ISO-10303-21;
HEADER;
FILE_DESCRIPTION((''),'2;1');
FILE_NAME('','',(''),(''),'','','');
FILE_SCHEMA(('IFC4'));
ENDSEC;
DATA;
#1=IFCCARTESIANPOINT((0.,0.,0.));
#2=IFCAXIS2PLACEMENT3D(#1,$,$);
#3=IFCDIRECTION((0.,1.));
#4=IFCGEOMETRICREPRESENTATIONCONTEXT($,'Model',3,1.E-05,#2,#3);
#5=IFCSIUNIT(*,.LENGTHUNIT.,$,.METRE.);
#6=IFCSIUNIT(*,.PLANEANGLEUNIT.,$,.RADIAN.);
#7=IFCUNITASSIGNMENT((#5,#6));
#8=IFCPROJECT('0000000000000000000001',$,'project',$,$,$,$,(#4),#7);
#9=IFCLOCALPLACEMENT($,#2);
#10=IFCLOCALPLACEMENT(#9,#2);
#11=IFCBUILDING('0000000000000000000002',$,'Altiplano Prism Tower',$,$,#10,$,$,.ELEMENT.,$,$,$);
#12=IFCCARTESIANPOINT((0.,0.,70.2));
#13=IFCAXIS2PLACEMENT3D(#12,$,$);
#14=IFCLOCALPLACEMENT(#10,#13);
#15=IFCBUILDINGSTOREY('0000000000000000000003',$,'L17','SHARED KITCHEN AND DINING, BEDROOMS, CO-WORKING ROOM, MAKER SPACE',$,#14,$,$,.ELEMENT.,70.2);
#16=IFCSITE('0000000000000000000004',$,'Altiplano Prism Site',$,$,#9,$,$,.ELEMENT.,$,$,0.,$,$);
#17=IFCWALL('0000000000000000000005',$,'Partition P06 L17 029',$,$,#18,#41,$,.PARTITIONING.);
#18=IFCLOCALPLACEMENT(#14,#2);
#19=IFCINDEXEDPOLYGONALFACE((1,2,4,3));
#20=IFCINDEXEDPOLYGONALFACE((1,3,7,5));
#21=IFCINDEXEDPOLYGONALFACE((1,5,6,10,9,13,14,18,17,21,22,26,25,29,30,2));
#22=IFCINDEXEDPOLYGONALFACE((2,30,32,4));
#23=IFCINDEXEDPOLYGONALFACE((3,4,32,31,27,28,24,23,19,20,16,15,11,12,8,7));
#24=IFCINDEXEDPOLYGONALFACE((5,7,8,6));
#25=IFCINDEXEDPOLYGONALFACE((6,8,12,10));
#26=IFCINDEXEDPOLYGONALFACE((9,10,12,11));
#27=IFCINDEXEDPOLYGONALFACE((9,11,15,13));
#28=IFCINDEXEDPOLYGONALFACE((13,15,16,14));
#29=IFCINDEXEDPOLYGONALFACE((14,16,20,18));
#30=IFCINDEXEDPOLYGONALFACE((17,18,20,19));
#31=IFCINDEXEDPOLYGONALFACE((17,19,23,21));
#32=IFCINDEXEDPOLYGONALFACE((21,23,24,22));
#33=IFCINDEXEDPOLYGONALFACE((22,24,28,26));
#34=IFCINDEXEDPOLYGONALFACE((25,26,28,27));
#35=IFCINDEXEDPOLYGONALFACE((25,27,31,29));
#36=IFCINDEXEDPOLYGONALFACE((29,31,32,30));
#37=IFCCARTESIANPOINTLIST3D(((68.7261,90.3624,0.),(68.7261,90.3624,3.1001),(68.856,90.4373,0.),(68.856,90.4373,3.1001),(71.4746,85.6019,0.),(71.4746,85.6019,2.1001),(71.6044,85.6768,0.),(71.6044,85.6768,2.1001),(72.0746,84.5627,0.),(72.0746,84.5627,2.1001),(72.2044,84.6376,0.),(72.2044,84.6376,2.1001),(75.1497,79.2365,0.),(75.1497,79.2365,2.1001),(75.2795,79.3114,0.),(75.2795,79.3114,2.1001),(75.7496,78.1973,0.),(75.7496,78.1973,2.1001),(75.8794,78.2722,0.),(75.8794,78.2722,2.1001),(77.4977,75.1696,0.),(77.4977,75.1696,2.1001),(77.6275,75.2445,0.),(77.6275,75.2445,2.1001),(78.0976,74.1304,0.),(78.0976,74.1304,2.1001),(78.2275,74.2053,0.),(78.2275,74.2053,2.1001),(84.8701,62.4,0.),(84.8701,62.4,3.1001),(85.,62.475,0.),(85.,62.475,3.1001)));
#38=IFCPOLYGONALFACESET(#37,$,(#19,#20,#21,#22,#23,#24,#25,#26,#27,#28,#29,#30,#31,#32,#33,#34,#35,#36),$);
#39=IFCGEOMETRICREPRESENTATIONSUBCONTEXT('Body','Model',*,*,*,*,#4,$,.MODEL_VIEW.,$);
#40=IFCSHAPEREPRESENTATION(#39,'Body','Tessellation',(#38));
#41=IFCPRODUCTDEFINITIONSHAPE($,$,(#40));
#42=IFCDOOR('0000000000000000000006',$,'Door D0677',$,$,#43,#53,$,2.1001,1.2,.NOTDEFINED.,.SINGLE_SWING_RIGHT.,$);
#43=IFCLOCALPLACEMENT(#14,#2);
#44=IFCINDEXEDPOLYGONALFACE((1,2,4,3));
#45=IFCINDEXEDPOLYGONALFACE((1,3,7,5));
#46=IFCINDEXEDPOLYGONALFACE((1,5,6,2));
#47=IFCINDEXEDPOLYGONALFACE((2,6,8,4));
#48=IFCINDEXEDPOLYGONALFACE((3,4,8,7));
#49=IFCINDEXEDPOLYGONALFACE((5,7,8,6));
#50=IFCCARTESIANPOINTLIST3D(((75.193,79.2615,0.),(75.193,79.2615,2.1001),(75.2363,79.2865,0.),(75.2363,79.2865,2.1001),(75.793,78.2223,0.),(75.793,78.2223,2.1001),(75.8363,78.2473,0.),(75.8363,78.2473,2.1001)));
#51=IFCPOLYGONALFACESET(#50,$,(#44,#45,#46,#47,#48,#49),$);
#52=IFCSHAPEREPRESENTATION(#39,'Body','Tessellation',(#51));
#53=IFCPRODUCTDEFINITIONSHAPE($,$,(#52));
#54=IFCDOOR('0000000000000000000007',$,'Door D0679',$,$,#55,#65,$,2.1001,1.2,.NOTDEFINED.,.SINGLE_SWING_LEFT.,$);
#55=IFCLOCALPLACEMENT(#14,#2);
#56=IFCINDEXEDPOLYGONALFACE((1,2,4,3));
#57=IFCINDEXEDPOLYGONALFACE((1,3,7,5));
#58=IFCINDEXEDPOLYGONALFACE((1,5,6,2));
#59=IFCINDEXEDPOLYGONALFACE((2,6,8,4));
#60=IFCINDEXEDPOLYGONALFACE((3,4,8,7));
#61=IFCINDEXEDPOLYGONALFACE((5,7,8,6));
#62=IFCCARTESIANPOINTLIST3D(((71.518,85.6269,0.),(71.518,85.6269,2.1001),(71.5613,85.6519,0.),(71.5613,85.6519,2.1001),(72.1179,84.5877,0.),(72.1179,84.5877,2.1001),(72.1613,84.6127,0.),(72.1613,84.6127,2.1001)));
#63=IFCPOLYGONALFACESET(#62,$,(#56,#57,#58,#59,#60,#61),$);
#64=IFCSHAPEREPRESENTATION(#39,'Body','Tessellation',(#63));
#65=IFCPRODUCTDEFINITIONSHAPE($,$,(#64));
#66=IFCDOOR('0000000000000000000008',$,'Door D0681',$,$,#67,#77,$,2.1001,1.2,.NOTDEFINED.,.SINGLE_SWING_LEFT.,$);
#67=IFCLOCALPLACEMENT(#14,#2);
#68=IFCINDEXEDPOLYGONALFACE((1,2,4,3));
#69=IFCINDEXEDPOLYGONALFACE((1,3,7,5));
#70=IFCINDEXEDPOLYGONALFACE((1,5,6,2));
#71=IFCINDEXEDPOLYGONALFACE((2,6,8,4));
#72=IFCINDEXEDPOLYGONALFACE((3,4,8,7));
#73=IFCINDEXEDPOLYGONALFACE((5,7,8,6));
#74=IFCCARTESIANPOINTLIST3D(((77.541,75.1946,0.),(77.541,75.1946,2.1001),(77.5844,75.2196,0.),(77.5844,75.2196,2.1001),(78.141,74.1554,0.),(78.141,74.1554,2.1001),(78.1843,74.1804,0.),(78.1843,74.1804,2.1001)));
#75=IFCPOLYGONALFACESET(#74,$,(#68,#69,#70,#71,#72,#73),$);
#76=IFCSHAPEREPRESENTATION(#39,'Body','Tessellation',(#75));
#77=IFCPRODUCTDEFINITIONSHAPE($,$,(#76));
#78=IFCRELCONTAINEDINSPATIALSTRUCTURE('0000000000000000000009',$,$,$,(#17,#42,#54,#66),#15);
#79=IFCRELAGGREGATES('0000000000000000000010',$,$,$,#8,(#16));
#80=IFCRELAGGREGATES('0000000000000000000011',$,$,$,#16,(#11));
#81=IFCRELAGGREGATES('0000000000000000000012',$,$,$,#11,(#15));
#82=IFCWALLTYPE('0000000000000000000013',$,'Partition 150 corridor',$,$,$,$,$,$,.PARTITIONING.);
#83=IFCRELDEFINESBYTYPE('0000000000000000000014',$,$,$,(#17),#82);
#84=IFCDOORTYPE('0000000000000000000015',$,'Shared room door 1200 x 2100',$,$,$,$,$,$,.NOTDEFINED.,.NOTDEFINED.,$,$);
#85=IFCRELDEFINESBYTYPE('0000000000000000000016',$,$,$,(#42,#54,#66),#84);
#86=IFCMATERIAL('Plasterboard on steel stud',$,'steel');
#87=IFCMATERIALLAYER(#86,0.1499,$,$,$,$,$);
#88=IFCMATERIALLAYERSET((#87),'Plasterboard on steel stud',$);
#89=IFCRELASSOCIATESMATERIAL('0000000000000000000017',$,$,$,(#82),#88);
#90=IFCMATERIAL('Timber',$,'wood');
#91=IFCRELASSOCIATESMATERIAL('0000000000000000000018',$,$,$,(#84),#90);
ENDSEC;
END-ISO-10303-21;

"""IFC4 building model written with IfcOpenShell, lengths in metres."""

from ifc_helpers import new_model, si_unit, direction, frame, frame_2d, origin, place, context, subcontext, project, spatial, rectangle, extrude, material, layer, layer_set, type_object, element, fill, save


model = new_model("IFC4")

# Units and contexts
model_context = context("Model", 3, precision=1e-05, world=origin(), true_north=direction((0.0, 1.0)))
body_context = subcontext(model_context, "Body", "Model", "MODEL_VIEW")
ifc_project = project(units=[si_unit("LENGTHUNIT", "METRE"), si_unit("PLANEANGLEUNIT", "RADIAN")], contexts=[model_context])

# Site, building, storey
site_placement = place(None, origin())
site = spatial("IfcSite", under=ifc_project, at=site_placement, Name="Altiplano Prism Site", CompositionType="ELEMENT", RefElevation=0.0)
building_placement = place(site_placement, origin())
building = spatial("IfcBuilding", under=site, at=building_placement, Name="Altiplano Prism Tower", CompositionType="ELEMENT")
storey_placement = place(building_placement, frame((0.0, 0.0, 70.2)))
storey = spatial("IfcBuildingStorey", under=building, at=storey_placement, Name="L17", Description="SHARED KITCHEN AND DINING, BEDROOMS, CO-WORKING ROOM, MAKER SPACE", CompositionType="ELEMENT", Elevation=70.2)

# Shared definitions
ifc_material_1 = material(Name="Plasterboard on steel stud", Category="steel")
ifc_layer_1 = layer(ifc_material_1, 0.1499)
ifc_layer_set_1 = layer_set([ifc_layer_1], Name="Plasterboard on steel stud")
wall_type_1 = type_object("IfcWallType", Name="Partition 150 corridor", PredefinedType="PARTITIONING", material=ifc_layer_set_1)

# Wall, openings, doors
ifc_material_2 = material(Name="Timber", Category="wood")
door_type_1 = type_object("IfcDoorType", Name="Shared room door 1200 x 2100", OperationType="NOTDEFINED", PredefinedType="NOTDEFINED", material=ifc_material_2)
wall_1_placement = place(storey_placement, frame((84.9351, 62.4375, 0.0), z_axis=(0.0, 0.0, 1.0), x_axis=(-0.499999, 0.866026, 0.0)))
wall_1 = element("IfcWall", 1, at=wall_1_placement, inside=storey, type_object=wall_type_1, Name="Partition P06 L17 029", PredefinedType="PARTITIONING", context=body_context, shape_type="SweptSolid", body=[
    extrude(rectangle(XDim=32.2881, YDim=0.1499, at=frame_2d((16.144, 0.0))), origin(), (0.0, 0.0, 1.0), 3.1001),
])
opening_1_placement = place(wall_1_placement, frame((18.241, 0.0, 0.0)))
opening_1 = element("IfcOpeningElement", 2, at=opening_1_placement, cuts=wall_1, PredefinedType="OPENING", context=body_context, shape_type="SweptSolid", body=[
    extrude(rectangle(XDim=1.2, YDim=2.1001, at=frame_2d((0.6001, 1.05))), frame((0.0, 0.0854, 0.0), z_axis=(0.0, -1.0, 0.0), x_axis=(1.0, 0.0, 0.0)), (0.0, 0.0, 1.0), 0.1709),
])
opening_2_placement = place(wall_1_placement, frame((25.5911, 0.0, 0.0)))
opening_2 = element("IfcOpeningElement", 3, at=opening_2_placement, cuts=wall_1, PredefinedType="OPENING", context=body_context, shape_type="SweptSolid", body=[
    extrude(rectangle(XDim=1.2, YDim=2.1001, at=frame_2d((0.6001, 1.05))), frame((0.0, 0.0854, 0.0), z_axis=(0.0, -1.0, 0.0), x_axis=(1.0, 0.0, 0.0)), (0.0, 0.0, 1.0), 0.1709),
])
opening_3_placement = place(wall_1_placement, frame((13.5449, 0.0, 0.0)))
opening_3 = element("IfcOpeningElement", 4, at=opening_3_placement, cuts=wall_1, PredefinedType="OPENING", context=body_context, shape_type="SweptSolid", body=[
    extrude(rectangle(XDim=1.2, YDim=2.1001, at=frame_2d((0.6001, 1.05))), frame((0.0, 0.0854, 0.0), z_axis=(0.0, -1.0, 0.0), x_axis=(1.0, 0.0, 0.0)), (0.0, 0.0, 1.0), 0.1709),
])
door_1_placement = place(opening_1_placement, origin())
door_1 = element("IfcDoor", 5, at=door_1_placement, inside=storey, type_object=door_type_1, Name="Door D0677", OperationType="SINGLE_SWING_RIGHT", OverallHeight=2.1001, OverallWidth=1.2, PredefinedType="NOTDEFINED", context=body_context, shape_type="SweptSolid", body=[
    extrude(rectangle(XDim=1.2, YDim=2.1001, at=frame_2d((0.6001, 1.05))), frame((0.0, 0.0249, 0.0), z_axis=(0.0, -1.0, 0.0), x_axis=(1.0, 0.0, 0.0)), (0.0, 0.0, 1.0), 0.05),
])
fill(opening_1, door_1)
door_2_placement = place(opening_2_placement, origin())
door_2 = element("IfcDoor", 6, at=door_2_placement, inside=storey, type_object=door_type_1, Name="Door D0679", OperationType="SINGLE_SWING_LEFT", OverallHeight=2.1001, OverallWidth=1.2, PredefinedType="NOTDEFINED", context=body_context, shape_type="SweptSolid", body=[
    extrude(rectangle(XDim=1.2, YDim=2.1001, at=frame_2d((0.6001, 1.05))), frame((0.0, 0.0249, 0.0), z_axis=(0.0, -1.0, 0.0), x_axis=(1.0, 0.0, 0.0)), (0.0, 0.0, 1.0), 0.05),
])
fill(opening_2, door_2)
door_3_placement = place(opening_3_placement, origin())
door_3 = element("IfcDoor", 7, at=door_3_placement, inside=storey, type_object=door_type_1, Name="Door D0681", OperationType="SINGLE_SWING_LEFT", OverallHeight=2.1001, OverallWidth=1.2, PredefinedType="NOTDEFINED", context=body_context, shape_type="SweptSolid", body=[
    extrude(rectangle(XDim=1.2, YDim=2.1001, at=frame_2d((0.6001, 1.05))), frame((0.0, 0.0249, 0.0), z_axis=(0.0, -1.0, 0.0), x_axis=(1.0, 0.0, 0.0)), (0.0, 0.0, 1.0), 0.05),
])
fill(opening_3, door_3)

save(model, "model.ifc")
